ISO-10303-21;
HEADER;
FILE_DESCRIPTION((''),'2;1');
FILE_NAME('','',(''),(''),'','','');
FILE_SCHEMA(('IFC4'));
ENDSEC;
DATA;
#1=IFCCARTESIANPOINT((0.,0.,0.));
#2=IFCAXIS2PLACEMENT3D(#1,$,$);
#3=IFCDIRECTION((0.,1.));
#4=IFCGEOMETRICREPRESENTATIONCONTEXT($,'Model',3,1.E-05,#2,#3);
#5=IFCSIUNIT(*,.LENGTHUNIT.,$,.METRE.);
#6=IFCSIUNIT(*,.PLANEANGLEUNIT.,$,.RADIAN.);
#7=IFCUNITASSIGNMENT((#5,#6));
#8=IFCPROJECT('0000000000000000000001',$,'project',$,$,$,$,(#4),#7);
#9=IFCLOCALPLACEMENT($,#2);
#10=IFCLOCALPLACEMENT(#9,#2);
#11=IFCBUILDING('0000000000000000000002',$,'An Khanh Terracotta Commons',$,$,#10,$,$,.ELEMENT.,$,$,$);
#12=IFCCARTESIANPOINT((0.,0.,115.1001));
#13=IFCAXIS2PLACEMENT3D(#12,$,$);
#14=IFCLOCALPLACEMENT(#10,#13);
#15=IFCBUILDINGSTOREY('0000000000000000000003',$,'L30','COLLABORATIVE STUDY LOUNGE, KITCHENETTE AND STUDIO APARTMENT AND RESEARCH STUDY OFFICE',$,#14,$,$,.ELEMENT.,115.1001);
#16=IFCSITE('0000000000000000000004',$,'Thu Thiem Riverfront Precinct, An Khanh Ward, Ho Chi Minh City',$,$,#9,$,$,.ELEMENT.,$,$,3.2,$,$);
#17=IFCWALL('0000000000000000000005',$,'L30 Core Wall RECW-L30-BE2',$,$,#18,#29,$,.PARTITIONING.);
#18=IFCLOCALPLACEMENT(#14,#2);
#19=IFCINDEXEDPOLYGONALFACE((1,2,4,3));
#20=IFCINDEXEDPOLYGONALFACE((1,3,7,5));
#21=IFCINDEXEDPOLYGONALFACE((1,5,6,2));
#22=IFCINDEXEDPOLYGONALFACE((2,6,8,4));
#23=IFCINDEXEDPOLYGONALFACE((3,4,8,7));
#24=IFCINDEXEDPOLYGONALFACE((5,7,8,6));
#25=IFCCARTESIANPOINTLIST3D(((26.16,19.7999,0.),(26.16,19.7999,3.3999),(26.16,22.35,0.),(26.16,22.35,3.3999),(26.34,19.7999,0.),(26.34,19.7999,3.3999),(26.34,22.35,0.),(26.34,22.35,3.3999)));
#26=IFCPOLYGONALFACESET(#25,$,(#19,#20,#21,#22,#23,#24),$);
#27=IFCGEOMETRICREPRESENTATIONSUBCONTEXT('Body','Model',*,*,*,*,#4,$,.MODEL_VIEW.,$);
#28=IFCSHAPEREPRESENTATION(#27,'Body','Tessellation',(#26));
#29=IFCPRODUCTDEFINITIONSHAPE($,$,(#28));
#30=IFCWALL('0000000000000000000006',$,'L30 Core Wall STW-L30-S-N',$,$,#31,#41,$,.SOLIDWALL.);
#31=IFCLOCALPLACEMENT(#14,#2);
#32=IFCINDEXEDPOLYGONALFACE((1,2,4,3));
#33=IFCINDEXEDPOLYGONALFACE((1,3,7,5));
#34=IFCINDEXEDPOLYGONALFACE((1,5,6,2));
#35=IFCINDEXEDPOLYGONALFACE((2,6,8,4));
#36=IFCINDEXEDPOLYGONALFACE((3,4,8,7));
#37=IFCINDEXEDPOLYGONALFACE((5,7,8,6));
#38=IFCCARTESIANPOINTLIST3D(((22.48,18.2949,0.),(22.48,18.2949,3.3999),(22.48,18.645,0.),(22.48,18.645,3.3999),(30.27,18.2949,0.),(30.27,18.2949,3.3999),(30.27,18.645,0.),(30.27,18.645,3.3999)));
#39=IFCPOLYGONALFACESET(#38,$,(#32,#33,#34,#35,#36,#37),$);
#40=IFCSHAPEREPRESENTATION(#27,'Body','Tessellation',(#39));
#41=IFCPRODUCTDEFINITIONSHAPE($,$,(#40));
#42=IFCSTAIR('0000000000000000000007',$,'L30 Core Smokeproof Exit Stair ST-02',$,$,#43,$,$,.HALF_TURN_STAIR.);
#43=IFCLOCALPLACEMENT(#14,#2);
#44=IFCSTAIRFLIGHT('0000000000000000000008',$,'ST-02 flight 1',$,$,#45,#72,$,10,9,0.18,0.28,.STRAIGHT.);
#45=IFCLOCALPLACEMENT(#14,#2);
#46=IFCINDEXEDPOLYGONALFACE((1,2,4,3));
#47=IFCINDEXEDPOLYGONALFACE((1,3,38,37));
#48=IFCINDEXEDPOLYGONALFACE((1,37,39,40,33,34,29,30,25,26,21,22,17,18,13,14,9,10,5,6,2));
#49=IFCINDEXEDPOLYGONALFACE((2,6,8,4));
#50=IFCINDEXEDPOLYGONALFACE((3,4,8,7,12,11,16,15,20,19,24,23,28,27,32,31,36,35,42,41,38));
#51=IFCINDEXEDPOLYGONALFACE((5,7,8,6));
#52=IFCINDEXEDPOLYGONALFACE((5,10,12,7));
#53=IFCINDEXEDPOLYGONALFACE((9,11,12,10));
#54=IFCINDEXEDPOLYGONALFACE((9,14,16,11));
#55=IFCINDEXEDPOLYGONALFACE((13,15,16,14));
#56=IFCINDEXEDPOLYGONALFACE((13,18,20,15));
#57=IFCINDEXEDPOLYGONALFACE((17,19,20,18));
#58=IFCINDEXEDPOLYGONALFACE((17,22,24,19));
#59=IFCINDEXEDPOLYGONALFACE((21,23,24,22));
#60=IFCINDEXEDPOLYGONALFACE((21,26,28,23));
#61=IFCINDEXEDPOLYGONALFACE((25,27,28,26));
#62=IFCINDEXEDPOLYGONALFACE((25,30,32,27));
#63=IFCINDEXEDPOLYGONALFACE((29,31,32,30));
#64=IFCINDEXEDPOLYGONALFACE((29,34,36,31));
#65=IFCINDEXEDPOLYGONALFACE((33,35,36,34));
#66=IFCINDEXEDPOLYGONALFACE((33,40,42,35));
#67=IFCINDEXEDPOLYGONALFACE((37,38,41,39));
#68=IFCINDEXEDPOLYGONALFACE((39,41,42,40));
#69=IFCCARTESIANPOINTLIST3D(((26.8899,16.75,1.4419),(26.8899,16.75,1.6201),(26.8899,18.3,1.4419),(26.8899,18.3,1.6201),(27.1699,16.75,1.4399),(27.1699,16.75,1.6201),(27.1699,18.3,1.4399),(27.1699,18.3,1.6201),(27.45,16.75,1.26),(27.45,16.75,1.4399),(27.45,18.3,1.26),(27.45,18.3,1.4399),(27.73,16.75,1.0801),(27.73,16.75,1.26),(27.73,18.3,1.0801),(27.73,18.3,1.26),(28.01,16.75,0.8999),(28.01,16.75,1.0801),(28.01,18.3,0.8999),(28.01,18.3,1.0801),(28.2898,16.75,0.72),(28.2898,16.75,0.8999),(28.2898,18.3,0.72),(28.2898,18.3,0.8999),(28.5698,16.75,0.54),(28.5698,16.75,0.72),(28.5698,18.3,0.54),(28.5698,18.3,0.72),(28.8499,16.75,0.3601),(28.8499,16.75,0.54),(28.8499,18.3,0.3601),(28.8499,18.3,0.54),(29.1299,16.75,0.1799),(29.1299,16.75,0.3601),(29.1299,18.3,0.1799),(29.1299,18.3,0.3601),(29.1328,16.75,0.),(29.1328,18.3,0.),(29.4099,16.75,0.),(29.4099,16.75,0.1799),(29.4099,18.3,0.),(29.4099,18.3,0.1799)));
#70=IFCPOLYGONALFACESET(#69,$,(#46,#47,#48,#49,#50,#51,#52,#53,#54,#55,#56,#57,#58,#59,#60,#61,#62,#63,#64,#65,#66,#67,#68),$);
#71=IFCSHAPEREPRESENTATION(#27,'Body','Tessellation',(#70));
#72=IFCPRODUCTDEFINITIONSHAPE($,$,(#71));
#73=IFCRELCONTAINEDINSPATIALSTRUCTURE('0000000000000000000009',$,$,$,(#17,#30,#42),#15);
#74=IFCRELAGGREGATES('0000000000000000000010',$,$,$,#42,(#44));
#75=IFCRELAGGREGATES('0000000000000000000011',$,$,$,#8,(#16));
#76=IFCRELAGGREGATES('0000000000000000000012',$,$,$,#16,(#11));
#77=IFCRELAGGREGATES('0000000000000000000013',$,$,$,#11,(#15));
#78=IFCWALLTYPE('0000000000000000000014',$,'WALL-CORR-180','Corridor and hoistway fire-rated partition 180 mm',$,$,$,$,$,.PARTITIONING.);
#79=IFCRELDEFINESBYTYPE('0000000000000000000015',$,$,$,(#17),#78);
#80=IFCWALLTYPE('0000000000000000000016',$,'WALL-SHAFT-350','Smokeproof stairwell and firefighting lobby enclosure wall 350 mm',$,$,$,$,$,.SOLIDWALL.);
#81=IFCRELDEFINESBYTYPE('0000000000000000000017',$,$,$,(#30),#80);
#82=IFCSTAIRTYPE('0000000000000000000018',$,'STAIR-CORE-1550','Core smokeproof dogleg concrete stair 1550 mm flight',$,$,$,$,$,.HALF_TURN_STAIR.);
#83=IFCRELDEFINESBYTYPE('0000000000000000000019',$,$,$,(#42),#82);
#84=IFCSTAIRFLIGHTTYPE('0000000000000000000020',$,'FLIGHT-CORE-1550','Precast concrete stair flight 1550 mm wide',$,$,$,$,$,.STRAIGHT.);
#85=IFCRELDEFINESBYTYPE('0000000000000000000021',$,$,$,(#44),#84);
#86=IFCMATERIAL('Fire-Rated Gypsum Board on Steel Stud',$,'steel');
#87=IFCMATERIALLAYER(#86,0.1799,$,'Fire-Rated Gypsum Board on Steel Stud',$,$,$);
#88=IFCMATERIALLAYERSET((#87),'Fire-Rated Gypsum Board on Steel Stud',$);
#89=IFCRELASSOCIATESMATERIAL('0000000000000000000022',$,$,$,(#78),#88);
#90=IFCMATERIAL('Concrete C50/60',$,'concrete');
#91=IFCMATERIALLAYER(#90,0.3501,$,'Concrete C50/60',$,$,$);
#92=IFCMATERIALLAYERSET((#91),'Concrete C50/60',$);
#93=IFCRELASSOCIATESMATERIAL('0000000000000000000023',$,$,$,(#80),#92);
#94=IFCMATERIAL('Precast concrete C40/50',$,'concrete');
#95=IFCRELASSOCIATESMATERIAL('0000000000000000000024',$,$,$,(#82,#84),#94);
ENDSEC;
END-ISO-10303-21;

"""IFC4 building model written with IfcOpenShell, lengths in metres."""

from ifc_helpers import new_model, si_unit, direction, frame, frame_2d, origin, place, context, subcontext, project, spatial, polyline, rectangle, outline, extrude, material, layer, layer_set, type_object, element, aggregate, save


model = new_model("IFC4")

# Units and contexts
model_context = context("Model", 3, precision=1e-05, world=origin(), true_north=direction((0.0, 1.0)))
body_context = subcontext(model_context, "Body", "Model", "MODEL_VIEW")
ifc_project = project(units=[si_unit("LENGTHUNIT", "METRE"), si_unit("PLANEANGLEUNIT", "RADIAN")], contexts=[model_context])

# Site, building, storey
site_placement = place(None, origin())
site = spatial("IfcSite", under=ifc_project, at=site_placement, Name="Thu Thiem Riverfront Precinct, An Khanh Ward, Ho Chi Minh City", CompositionType="ELEMENT", RefElevation=3.2)
building_placement = place(site_placement, origin())
building = spatial("IfcBuilding", under=site, at=building_placement, Name="An Khanh Terracotta Commons", CompositionType="ELEMENT")
storey_placement = place(building_placement, frame((0.0, 0.0, 115.1001)))
storey = spatial("IfcBuildingStorey", under=building, at=storey_placement, Name="L30", Description="COLLABORATIVE STUDY LOUNGE, KITCHENETTE AND STUDIO APARTMENT AND RESEARCH STUDY OFFICE", CompositionType="ELEMENT", Elevation=115.1001)

# Shared definitions
ifc_material_1 = material(Name="Fire-Rated Gypsum Board on Steel Stud", Category="steel")
ifc_layer_1 = layer(ifc_material_1, 0.1799, Name="Fire-Rated Gypsum Board on Steel Stud")
ifc_layer_set_1 = layer_set([ifc_layer_1], Name="Fire-Rated Gypsum Board on Steel Stud")
wall_type_1 = type_object("IfcWallType", Name="WALL-CORR-180", Description="Corridor and hoistway fire-rated partition 180 mm", PredefinedType="PARTITIONING", material=ifc_layer_set_1)

# Walls
wall_1_placement = place(storey_placement, frame((26.25, 19.8, 0.0), z_axis=(0.0, 0.0, 1.0), x_axis=(0.0, 1.0, 0.0)))
element("IfcWall", 1, at=wall_1_placement, inside=storey, type_object=wall_type_1, Name="L30 Core Wall RECW-L30-BE2", PredefinedType="PARTITIONING", context=body_context, shape_type="SweptSolid", body=[
    extrude(rectangle(XDim=2.55, YDim=0.1799, at=frame_2d((1.2749, 0.0))), origin(), (0.0, 0.0, 1.0), 3.3999),
])
ifc_material_2 = material(Name="Concrete C50/60", Category="concrete")
ifc_layer_2 = layer(ifc_material_2, 0.3501, Name="Concrete C50/60")
ifc_layer_set_2 = layer_set([ifc_layer_2], Name="Concrete C50/60")
wall_type_2 = type_object("IfcWallType", Name="WALL-SHAFT-350", Description="Smokeproof stairwell and firefighting lobby enclosure wall 350 mm", PredefinedType="SOLIDWALL", material=ifc_layer_set_2)
wall_2_placement = place(storey_placement, frame((22.48, 18.47, 0.0), z_axis=(0.0, 0.0, 1.0), x_axis=(1.0, 0.0, 0.0)))
element("IfcWall", 2, at=wall_2_placement, inside=storey, type_object=wall_type_2, Name="L30 Core Wall STW-L30-S-N", PredefinedType="SOLIDWALL", context=body_context, shape_type="SweptSolid", body=[
    extrude(rectangle(XDim=7.79, YDim=0.3501, at=frame_2d((3.895, 0.0))), origin(), (0.0, 0.0, 1.0), 3.3999),
])

# Stair, stair flight
ifc_material_3 = material(Name="Precast concrete C40/50", Category="concrete")
stair_type = type_object("IfcStairType", Name="STAIR-CORE-1550", Description="Core smokeproof dogleg concrete stair 1550 mm flight", PredefinedType="HALF_TURN_STAIR", material=ifc_material_3)
stair_placement = place(storey_placement, origin())
stair = element("IfcStair", 3, at=stair_placement, inside=storey, type_object=stair_type, Name="L30 Core Smokeproof Exit Stair ST-02", PredefinedType="HALF_TURN_STAIR")
stair_flight_type = type_object("IfcStairFlightType", Name="FLIGHT-CORE-1550", Description="Precast concrete stair flight 1550 mm wide", PredefinedType="STRAIGHT", material=ifc_material_3)
stair_flight_placement = place(storey_placement, frame((29.4099, 17.5249, 0.0), z_axis=(0.0, 0.0, 1.0), x_axis=(-1.0, 0.0, 0.0)))
stair_flight = element("IfcStairFlight", 4, at=stair_flight_placement, type_object=stair_flight_type, Name="ST-02 flight 1", NumberOfRisers=10, NumberOfTreads=9, PredefinedType="STRAIGHT", RiserHeight=0.18, TreadLength=0.28, context=body_context, shape_type="SweptSolid", body=[
    extrude(outline(polyline([(0.0, 0.0), (0.0, 0.1799), (0.28, 0.1799), (0.28, 0.3601), (0.5601, 0.3601), (0.5601, 0.54), (0.8401, 0.54), (0.8401, 0.72), (1.1201, 0.72), (1.1201, 0.8999), (1.3999, 0.8999), (1.3999, 1.0801), (1.6799, 1.0801), (1.6799, 1.26), (1.96, 1.26), (1.96, 1.4399), (2.24, 1.4399), (2.24, 1.6201), (2.52, 1.6201), (2.52, 1.8), (2.52, 1.4419), (0.2771, 0.0), (0.0, 0.0)])), frame((0.0, 0.7749, 0.0), z_axis=(0.0, -1.0, 0.0), x_axis=(1.0, 0.0, 0.0)), (0.0, 0.0, 1.0), 1.55),
])
aggregate(stair, [stair_flight])

save(model, "model.ifc")
